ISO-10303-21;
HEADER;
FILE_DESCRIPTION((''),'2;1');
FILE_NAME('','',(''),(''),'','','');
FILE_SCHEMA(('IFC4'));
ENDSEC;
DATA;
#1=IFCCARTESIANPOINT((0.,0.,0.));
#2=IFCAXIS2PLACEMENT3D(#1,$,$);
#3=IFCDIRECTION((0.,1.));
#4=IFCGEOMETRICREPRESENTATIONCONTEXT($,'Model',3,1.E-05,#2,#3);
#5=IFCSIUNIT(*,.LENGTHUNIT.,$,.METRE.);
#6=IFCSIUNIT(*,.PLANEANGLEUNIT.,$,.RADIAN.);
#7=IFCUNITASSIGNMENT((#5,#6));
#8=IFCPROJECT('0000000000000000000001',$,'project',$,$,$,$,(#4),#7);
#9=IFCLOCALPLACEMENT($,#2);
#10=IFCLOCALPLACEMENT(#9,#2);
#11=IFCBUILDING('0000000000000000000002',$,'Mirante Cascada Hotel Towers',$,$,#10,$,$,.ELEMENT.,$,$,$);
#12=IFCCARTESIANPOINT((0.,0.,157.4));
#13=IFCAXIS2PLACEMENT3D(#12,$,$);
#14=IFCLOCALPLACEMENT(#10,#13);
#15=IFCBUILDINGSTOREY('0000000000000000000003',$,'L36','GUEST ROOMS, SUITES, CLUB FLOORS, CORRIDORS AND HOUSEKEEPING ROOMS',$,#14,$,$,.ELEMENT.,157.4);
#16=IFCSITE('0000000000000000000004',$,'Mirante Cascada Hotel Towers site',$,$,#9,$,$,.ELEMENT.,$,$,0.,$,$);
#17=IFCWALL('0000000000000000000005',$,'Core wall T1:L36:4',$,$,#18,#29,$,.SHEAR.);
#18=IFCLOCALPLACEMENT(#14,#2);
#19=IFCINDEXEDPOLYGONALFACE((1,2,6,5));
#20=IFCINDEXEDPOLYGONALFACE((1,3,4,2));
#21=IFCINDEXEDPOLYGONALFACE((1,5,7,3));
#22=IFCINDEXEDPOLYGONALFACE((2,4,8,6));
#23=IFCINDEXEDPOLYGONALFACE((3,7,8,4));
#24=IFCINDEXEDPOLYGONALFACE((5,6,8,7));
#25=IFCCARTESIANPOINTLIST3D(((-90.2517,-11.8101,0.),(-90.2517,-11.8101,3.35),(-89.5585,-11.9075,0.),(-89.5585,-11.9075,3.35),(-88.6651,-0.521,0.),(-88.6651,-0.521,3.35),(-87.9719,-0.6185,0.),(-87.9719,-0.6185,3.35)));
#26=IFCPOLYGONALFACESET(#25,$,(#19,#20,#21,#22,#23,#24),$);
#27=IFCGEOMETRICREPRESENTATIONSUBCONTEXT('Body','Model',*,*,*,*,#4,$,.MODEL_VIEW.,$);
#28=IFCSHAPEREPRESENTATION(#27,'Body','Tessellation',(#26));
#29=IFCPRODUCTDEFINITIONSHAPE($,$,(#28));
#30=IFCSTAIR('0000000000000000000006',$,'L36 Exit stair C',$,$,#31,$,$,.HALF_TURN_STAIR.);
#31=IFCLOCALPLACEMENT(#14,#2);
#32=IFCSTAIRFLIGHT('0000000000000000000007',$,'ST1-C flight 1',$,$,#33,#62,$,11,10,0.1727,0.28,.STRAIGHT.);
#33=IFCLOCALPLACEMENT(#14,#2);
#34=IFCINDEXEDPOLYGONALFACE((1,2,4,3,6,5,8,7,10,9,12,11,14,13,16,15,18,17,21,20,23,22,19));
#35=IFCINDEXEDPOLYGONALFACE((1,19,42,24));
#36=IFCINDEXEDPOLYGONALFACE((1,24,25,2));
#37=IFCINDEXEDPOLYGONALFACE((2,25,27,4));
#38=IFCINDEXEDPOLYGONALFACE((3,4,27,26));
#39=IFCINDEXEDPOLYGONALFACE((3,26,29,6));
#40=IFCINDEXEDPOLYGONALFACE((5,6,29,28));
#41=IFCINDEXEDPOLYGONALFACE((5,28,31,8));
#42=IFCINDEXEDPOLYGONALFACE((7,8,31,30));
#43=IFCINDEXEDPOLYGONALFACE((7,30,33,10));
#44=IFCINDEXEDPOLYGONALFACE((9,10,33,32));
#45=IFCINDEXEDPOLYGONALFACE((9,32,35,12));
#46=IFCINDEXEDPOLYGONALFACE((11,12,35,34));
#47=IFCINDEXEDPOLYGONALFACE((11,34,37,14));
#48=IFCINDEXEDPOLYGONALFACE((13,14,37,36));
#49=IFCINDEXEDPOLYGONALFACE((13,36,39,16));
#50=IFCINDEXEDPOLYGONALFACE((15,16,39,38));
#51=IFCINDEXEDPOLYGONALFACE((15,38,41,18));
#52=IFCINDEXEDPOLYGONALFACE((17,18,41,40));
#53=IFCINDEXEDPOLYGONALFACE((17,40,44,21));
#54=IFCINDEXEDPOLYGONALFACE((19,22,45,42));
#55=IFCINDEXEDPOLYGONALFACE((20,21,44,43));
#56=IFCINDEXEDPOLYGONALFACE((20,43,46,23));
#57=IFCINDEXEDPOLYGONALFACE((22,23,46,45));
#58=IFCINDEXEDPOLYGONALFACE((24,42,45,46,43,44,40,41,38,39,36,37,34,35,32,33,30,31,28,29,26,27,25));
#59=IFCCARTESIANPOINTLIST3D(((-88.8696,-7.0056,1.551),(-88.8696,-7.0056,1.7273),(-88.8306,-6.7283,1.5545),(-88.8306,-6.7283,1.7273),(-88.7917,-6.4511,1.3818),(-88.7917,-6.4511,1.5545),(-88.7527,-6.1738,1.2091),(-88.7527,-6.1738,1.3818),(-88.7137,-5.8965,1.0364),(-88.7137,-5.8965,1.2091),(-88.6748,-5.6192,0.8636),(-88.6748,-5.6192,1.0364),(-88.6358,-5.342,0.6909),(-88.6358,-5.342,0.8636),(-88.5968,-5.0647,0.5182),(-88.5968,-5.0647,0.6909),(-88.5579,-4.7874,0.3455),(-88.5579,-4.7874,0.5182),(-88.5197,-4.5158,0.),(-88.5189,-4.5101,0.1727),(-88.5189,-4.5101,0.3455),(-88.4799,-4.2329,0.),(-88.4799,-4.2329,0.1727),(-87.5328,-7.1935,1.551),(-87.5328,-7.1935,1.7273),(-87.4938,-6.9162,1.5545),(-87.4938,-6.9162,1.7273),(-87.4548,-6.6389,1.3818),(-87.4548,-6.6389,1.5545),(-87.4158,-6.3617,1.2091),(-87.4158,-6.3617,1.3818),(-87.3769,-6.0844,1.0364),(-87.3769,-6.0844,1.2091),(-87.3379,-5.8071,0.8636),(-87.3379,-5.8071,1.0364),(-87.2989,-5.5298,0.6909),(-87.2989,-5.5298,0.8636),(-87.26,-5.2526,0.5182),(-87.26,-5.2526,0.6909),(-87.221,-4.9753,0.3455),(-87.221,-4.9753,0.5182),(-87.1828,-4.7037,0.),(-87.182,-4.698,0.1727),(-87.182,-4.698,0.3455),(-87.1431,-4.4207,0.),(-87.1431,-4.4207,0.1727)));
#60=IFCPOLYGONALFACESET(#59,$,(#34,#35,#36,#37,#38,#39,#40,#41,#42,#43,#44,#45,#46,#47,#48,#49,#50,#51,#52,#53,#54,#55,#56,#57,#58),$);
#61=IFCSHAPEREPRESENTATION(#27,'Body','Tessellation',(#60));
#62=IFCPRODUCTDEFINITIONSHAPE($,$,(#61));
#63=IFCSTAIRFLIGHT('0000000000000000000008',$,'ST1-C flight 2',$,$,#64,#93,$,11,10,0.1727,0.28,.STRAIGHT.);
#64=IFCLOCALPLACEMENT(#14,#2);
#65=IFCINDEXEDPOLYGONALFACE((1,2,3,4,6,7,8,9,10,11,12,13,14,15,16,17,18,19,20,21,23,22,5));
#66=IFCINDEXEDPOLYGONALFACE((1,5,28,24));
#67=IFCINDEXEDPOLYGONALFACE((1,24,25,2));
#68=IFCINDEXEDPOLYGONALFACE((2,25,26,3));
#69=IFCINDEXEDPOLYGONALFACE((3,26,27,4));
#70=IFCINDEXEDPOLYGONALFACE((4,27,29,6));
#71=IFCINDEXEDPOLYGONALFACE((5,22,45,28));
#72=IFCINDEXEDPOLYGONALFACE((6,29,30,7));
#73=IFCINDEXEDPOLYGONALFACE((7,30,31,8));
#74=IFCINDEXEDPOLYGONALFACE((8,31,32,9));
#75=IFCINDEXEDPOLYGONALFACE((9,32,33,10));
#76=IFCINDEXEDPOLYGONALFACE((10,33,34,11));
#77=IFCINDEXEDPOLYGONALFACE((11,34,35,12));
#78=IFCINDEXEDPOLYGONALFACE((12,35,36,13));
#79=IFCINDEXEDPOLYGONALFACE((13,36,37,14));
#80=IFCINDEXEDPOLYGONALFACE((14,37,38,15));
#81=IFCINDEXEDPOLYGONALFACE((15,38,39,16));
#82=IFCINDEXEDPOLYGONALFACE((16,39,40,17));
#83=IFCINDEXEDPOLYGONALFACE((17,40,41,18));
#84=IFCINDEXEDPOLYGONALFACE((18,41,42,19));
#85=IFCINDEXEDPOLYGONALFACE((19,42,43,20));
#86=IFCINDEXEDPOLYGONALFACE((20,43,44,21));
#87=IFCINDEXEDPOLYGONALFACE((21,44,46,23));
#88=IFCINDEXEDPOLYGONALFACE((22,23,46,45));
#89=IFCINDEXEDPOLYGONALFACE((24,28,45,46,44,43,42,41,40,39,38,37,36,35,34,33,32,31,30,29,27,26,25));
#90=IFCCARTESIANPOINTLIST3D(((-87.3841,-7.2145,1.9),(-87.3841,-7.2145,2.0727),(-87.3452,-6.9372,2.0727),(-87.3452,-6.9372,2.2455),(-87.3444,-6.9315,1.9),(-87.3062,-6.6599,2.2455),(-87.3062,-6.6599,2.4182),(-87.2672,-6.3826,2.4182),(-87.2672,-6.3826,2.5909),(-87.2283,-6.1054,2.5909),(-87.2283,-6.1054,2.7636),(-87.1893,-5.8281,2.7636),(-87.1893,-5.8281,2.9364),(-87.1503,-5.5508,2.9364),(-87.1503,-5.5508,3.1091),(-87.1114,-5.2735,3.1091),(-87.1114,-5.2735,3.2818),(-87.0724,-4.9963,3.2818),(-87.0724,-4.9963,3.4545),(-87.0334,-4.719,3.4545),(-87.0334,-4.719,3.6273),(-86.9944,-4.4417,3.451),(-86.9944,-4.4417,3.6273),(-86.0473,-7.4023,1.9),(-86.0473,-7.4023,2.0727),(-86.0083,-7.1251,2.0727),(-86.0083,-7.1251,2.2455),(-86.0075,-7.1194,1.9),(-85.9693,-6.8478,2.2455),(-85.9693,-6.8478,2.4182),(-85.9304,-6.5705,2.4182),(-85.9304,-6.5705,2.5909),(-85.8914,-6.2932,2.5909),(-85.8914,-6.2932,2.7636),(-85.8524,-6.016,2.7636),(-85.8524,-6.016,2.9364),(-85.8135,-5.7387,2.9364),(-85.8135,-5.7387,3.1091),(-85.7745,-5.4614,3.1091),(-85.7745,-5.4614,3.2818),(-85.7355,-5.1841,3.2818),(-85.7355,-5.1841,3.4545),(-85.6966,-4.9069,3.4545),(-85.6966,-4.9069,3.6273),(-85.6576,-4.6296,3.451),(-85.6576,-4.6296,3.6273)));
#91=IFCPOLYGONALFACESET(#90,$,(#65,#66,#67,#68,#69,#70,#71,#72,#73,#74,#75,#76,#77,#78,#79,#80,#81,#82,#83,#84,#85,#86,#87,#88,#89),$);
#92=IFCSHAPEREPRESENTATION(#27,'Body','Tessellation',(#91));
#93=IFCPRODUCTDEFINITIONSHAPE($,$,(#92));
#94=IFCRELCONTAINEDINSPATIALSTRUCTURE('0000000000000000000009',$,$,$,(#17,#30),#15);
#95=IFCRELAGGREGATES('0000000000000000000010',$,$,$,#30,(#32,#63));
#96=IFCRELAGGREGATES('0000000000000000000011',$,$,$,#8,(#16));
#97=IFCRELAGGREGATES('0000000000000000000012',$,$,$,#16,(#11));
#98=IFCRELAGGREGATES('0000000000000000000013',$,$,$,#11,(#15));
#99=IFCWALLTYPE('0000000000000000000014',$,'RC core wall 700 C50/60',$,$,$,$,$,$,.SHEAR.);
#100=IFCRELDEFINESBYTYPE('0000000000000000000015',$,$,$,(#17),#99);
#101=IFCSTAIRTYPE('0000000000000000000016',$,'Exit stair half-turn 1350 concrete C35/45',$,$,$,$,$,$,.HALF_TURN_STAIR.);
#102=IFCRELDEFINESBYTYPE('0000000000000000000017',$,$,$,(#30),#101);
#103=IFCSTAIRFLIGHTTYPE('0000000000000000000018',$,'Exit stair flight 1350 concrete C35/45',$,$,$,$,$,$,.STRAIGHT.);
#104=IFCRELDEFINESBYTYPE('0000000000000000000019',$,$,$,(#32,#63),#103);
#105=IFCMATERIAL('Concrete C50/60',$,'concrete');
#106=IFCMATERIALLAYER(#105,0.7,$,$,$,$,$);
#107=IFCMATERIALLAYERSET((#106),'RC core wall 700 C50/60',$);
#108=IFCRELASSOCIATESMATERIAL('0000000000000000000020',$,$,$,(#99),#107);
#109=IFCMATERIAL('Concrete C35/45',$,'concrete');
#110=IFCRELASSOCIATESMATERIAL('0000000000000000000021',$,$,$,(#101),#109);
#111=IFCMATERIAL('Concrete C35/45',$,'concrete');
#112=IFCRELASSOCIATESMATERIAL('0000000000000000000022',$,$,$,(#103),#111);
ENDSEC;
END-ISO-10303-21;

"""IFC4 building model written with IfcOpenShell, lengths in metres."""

from ifc_helpers import new_model, si_unit, direction, frame, frame_2d, origin, place, context, subcontext, project, spatial, polyline, rectangle, outline, extrude, material, layer, layer_set, type_object, element, aggregate, save


model = new_model("IFC4")

# Units and contexts
model_context = context("Model", 3, precision=1e-05, world=origin(), true_north=direction((0.0, 1.0)))
body_context = subcontext(model_context, "Body", "Model", "MODEL_VIEW")
ifc_project = project(units=[si_unit("LENGTHUNIT", "METRE"), si_unit("PLANEANGLEUNIT", "RADIAN")], contexts=[model_context])

# Site, building, storey
site_placement = place(None, origin())
site = spatial("IfcSite", under=ifc_project, at=site_placement, Name="Mirante Cascada Hotel Towers site", CompositionType="ELEMENT", RefElevation=0.0)
building_placement = place(site_placement, origin())
building = spatial("IfcBuilding", under=site, at=building_placement, Name="Mirante Cascada Hotel Towers", CompositionType="ELEMENT")
storey_placement = place(building_placement, frame((0.0, 0.0, 157.4)))
storey = spatial("IfcBuildingStorey", under=building, at=storey_placement, Name="L36", Description="GUEST ROOMS, SUITES, CLUB FLOORS, CORRIDORS AND HOUSEKEEPING ROOMS", CompositionType="ELEMENT", Elevation=157.4)

# Wall
ifc_material_1 = material(Name="Concrete C50/60", Category="concrete")
ifc_layer_1 = layer(ifc_material_1, 0.7)
ifc_layer_set_1 = layer_set([ifc_layer_1], Name="RC core wall 700 C50/60")
wall_type_1 = type_object("IfcWallType", Name="RC core wall 700 C50/60", PredefinedType="SHEAR", material=ifc_layer_set_1)
wall_1_placement = place(storey_placement, frame((-89.9051, -11.8588, 0.0), z_axis=(0.0, 0.0, 1.0), x_axis=(0.139175, 0.990268, 0.0)))
element("IfcWall", 1, at=wall_1_placement, inside=storey, type_object=wall_type_1, Name="Core wall T1:L36:4", PredefinedType="SHEAR", context=body_context, shape_type="SweptSolid", body=[
    extrude(rectangle(XDim=11.4, YDim=0.7, at=frame_2d((5.7, 0.0))), origin(), (0.0, 0.0, 1.0), 3.35),
])

# Stair, stair flights
ifc_material_2 = material(Name="Concrete C35/45", Category="concrete")
stair_type = type_object("IfcStairType", Name="Exit stair half-turn 1350 concrete C35/45", PredefinedType="HALF_TURN_STAIR", material=ifc_material_2)
stair_placement = place(storey_placement, origin())
stair = element("IfcStair", 2, at=stair_placement, inside=storey, type_object=stair_type, Name="L36 Exit stair C", PredefinedType="HALF_TURN_STAIR")
ifc_material_3 = material(Name="Concrete C35/45", Category="concrete")
stair_flight_type = type_object("IfcStairFlightType", Name="Exit stair flight 1350 concrete C35/45", PredefinedType="STRAIGHT", material=ifc_material_3)
stair_flight_1_placement = place(storey_placement, frame((-87.8115, -4.3268, 0.0), z_axis=(0.0, 0.0, 1.0), x_axis=(-0.139173, -0.990268, 0.0)))
stair_flight_1 = element("IfcStairFlight", 3, at=stair_flight_1_placement, type_object=stair_flight_type, Name="ST1-C flight 1", NumberOfRisers=11, NumberOfTreads=10, PredefinedType="STRAIGHT", RiserHeight=0.1727, TreadLength=0.28, context=body_context, shape_type="SweptSolid", body=[
    extrude(outline(polyline([(0.0, 0.0), (0.0, 0.1727), (0.28, 0.1727), (0.28, 0.3455), (0.56, 0.3455), (0.56, 0.5182), (0.84, 0.5182), (0.84, 0.6909), (1.12, 0.6909), (1.12, 0.8636), (1.4, 0.8636), (1.4, 1.0364), (1.68, 1.0364), (1.68, 1.2091), (1.96, 1.2091), (1.96, 1.3818), (2.24, 1.3818), (2.24, 1.5545), (2.52, 1.5545), (2.52, 1.7273), (2.8, 1.7273), (2.8, 1.9), (2.8, 1.551), (0.2857, 0.0), (0.0, 0.0)])), frame((0.0, 0.675, 0.0), z_axis=(0.0, -1.0, 0.0), x_axis=(1.0, 0.0, 0.0)), (0.0, 0.0, 1.0), 1.35),
])
stair_flight_2_placement = place(storey_placement, frame((-86.7157, -7.3084, 1.9), z_axis=(0.0, 0.0, 1.0), x_axis=(0.139173, 0.990268, 0.0)))
stair_flight_2 = element("IfcStairFlight", 4, at=stair_flight_2_placement, type_object=stair_flight_type, Name="ST1-C flight 2", NumberOfRisers=11, NumberOfTreads=10, PredefinedType="STRAIGHT", RiserHeight=0.1727, TreadLength=0.28, context=body_context, shape_type="SweptSolid", body=[
    extrude(outline(polyline([(0.0, 0.0), (0.0, 0.1727), (0.28, 0.1727), (0.28, 0.3455), (0.56, 0.3455), (0.56, 0.5182), (0.84, 0.5182), (0.84, 0.6909), (1.12, 0.6909), (1.12, 0.8636), (1.4, 0.8636), (1.4, 1.0364), (1.68, 1.0364), (1.68, 1.2091), (1.96, 1.2091), (1.96, 1.3818), (2.24, 1.3818), (2.24, 1.5545), (2.52, 1.5545), (2.52, 1.7273), (2.8, 1.7273), (2.8, 1.9), (2.8, 1.551), (0.2857, 0.0), (0.0, 0.0)])), frame((0.0, 0.675, 0.0), z_axis=(0.0, -1.0, 0.0), x_axis=(1.0, 0.0, 0.0)), (0.0, 0.0, 1.0), 1.35),
])
aggregate(stair, [stair_flight_1, stair_flight_2])

save(model, "model.ifc")
